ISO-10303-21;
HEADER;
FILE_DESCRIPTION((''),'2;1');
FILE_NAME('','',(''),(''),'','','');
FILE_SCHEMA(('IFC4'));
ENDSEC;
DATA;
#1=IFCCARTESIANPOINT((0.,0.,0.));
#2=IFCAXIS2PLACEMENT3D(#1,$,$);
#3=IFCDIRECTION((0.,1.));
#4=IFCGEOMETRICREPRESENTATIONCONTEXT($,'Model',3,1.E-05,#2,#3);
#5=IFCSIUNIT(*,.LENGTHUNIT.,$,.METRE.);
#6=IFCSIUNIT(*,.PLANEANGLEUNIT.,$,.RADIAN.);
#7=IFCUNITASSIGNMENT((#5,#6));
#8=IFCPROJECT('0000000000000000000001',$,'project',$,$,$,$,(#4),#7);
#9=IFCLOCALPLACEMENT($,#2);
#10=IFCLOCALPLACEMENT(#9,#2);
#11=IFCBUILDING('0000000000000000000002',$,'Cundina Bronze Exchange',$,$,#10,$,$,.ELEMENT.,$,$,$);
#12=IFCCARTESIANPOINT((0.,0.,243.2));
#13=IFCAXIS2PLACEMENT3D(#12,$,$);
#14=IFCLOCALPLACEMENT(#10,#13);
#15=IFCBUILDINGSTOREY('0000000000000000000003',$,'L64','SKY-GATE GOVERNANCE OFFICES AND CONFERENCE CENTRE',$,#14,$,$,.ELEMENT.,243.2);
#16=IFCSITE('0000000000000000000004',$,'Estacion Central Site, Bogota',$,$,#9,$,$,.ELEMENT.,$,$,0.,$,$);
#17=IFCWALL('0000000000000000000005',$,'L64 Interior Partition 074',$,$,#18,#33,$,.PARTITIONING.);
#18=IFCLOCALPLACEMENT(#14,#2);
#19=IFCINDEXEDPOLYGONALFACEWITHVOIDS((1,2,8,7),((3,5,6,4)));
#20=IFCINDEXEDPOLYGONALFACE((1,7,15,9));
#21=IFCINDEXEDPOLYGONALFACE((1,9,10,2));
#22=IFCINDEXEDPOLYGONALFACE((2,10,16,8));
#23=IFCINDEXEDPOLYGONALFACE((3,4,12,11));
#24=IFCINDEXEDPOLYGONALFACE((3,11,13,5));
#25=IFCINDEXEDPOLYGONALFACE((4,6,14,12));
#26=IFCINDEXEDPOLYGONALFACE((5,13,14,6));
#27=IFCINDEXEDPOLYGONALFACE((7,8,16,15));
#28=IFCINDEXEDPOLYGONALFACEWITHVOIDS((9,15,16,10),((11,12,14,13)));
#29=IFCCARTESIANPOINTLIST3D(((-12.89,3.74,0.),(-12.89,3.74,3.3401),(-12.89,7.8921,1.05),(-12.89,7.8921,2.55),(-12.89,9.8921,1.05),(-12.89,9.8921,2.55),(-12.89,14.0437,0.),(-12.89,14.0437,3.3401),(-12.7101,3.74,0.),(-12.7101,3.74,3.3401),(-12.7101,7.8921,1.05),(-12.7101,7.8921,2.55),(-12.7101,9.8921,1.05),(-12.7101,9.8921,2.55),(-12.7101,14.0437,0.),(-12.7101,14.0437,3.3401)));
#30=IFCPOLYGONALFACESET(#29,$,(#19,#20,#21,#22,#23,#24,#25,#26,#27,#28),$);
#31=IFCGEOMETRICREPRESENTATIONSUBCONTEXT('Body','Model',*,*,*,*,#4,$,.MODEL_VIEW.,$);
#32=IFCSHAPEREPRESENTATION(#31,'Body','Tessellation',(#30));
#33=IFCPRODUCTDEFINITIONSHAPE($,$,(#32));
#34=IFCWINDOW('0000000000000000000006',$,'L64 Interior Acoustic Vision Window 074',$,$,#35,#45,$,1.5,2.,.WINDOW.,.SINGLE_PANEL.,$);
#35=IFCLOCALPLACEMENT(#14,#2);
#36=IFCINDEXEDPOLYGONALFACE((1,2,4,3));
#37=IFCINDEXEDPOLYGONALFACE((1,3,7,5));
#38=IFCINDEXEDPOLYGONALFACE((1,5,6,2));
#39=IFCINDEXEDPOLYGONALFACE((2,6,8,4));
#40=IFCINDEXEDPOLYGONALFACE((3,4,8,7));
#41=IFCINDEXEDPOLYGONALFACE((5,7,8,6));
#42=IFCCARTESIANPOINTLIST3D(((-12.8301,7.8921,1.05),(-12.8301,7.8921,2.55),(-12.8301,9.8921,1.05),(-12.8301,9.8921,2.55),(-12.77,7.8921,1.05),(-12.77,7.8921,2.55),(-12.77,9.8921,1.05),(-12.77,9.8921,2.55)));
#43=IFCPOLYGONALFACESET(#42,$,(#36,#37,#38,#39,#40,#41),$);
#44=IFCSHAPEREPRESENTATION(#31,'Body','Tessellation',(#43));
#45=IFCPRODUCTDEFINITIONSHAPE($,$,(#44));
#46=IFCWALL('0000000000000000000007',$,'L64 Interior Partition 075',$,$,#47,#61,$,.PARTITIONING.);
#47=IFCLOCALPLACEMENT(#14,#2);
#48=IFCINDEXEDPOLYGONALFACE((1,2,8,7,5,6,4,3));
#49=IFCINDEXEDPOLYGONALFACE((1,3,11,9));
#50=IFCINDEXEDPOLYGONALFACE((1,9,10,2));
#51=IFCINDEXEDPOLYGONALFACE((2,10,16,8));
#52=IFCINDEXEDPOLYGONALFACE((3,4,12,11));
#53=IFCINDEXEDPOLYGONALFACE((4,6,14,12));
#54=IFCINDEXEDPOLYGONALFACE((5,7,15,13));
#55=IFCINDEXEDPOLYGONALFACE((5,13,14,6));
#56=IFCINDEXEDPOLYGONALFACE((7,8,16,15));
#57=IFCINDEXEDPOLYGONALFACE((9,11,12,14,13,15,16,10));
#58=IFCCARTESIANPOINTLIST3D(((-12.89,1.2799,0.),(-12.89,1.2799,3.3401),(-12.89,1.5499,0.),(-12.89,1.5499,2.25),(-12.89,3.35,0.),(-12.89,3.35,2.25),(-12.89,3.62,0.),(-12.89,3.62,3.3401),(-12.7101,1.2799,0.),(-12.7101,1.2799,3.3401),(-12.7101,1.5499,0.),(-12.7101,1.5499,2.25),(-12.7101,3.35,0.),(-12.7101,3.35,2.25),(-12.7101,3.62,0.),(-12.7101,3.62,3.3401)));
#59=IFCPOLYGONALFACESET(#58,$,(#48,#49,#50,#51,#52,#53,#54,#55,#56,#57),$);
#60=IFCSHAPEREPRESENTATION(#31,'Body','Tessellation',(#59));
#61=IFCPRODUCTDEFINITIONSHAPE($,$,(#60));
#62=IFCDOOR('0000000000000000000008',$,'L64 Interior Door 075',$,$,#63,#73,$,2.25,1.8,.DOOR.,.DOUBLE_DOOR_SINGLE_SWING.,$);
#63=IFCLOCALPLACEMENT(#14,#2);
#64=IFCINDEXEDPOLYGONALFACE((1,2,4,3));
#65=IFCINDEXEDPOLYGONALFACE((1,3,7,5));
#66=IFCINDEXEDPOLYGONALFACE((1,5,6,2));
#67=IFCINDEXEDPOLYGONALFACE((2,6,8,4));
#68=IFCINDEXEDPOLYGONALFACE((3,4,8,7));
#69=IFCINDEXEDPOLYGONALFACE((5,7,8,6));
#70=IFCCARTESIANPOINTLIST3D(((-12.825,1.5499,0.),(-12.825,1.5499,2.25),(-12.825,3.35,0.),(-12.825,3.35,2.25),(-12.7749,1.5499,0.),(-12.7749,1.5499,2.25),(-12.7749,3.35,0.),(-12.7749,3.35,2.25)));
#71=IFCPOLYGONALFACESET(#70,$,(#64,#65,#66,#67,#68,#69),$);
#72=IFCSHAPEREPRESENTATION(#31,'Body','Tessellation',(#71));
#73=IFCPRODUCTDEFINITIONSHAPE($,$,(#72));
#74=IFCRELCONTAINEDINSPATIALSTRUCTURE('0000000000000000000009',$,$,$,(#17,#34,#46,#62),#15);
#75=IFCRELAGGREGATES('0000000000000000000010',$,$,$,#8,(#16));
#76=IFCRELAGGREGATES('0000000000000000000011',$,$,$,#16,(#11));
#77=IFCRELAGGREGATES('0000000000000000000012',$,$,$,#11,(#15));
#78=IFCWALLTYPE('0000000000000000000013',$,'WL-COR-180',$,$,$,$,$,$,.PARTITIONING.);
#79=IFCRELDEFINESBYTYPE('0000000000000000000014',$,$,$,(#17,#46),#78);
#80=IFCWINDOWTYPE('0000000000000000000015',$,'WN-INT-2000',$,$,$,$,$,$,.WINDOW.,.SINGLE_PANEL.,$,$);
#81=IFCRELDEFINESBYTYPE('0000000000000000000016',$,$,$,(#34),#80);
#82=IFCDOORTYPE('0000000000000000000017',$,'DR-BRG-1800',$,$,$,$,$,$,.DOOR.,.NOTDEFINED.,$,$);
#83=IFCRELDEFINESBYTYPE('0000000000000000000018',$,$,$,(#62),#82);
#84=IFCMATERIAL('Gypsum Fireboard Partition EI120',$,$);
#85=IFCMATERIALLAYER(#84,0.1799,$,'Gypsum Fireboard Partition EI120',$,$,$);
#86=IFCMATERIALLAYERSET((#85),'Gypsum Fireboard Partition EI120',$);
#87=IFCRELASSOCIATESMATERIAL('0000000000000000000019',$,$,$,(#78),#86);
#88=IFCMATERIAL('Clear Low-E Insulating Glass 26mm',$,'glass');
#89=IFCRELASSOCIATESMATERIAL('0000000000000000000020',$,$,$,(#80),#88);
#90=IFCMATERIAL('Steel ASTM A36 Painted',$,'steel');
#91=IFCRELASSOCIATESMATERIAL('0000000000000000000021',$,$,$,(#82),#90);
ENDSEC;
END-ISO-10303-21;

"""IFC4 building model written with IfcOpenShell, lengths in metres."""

from ifc_helpers import new_model, si_unit, direction, frame, frame_2d, origin, place, context, subcontext, project, spatial, rectangle, extrude, material, layer, layer_set, type_object, element, fill, save


model = new_model("IFC4")

# Units and contexts
model_context = context("Model", 3, precision=1e-05, world=origin(), true_north=direction((0.0, 1.0)))
body_context = subcontext(model_context, "Body", "Model", "MODEL_VIEW")
ifc_project = project(units=[si_unit("LENGTHUNIT", "METRE"), si_unit("PLANEANGLEUNIT", "RADIAN")], contexts=[model_context])

# Site, building, storey
site_placement = place(None, origin())
site = spatial("IfcSite", under=ifc_project, at=site_placement, Name="Estacion Central Site, Bogota", CompositionType="ELEMENT", RefElevation=0.0)
building_placement = place(site_placement, origin())
building = spatial("IfcBuilding", under=site, at=building_placement, Name="Cundina Bronze Exchange", CompositionType="ELEMENT")
storey_placement = place(building_placement, frame((0.0, 0.0, 243.2)))
storey = spatial("IfcBuildingStorey", under=building, at=storey_placement, Name="L64", Description="SKY-GATE GOVERNANCE OFFICES AND CONFERENCE CENTRE", CompositionType="ELEMENT", Elevation=243.2)

# Shared definitions
ifc_material_1 = material(Name="Gypsum Fireboard Partition EI120")
ifc_layer_1 = layer(ifc_material_1, 0.1799, Name="Gypsum Fireboard Partition EI120")
ifc_layer_set_1 = layer_set([ifc_layer_1], Name="Gypsum Fireboard Partition EI120")
wall_type = type_object("IfcWallType", Name="WL-COR-180", PredefinedType="PARTITIONING", material=ifc_layer_set_1)

# Wall, opening, window
wall_1_placement = place(storey_placement, frame((-12.8, 3.74, 0.0), z_axis=(0.0, 0.0, 1.0), x_axis=(0.0, 1.0, 0.0)))
wall_1 = element("IfcWall", 1, at=wall_1_placement, inside=storey, type_object=wall_type, Name="L64 Interior Partition 074", PredefinedType="PARTITIONING", context=body_context, shape_type="SweptSolid", body=[
    extrude(rectangle(XDim=10.3037, YDim=0.1799, at=frame_2d((5.1519, 0.0))), origin(), (0.0, 0.0, 1.0), 3.3401),
])
opening_1_placement = place(wall_1_placement, frame((4.1521, 0.0, 1.05)))
opening_1 = element("IfcOpeningElement", 2, at=opening_1_placement, cuts=wall_1, PredefinedType="OPENING", context=body_context, shape_type="SweptSolid", body=[
    extrude(rectangle(XDim=2.0, YDim=1.5, at=frame_2d((1.0, 0.75))), frame((0.0, 0.0999, 0.0), z_axis=(0.0, -1.0, 0.0), x_axis=(1.0, 0.0, 0.0)), (0.0, 0.0, 1.0), 0.2),
])
ifc_material_2 = material(Name="Clear Low-E Insulating Glass 26mm", Category="glass")
window_type = type_object("IfcWindowType", Name="WN-INT-2000", PartitioningType="SINGLE_PANEL", PredefinedType="WINDOW", material=ifc_material_2)
window_placement = place(opening_1_placement, origin())
window = element("IfcWindow", 3, at=window_placement, inside=storey, type_object=window_type, Name="L64 Interior Acoustic Vision Window 074", OverallHeight=1.5, OverallWidth=2.0, PartitioningType="SINGLE_PANEL", PredefinedType="WINDOW", context=body_context, shape_type="SweptSolid", body=[
    extrude(rectangle(XDim=2.0, YDim=1.5, at=frame_2d((1.0, 0.75))), frame((0.0, 0.03, 0.0), z_axis=(0.0, -1.0, 0.0), x_axis=(1.0, 0.0, 0.0)), (0.0, 0.0, 1.0), 0.0601),
])
fill(opening_1, window)

# Wall, opening, door
wall_2_placement = place(storey_placement, frame((-12.8, 1.28, 0.0), z_axis=(0.0, 0.0, 1.0), x_axis=(0.0, 1.0, 0.0)))
wall_2 = element("IfcWall", 4, at=wall_2_placement, inside=storey, type_object=wall_type, Name="L64 Interior Partition 075", PredefinedType="PARTITIONING", context=body_context, shape_type="SweptSolid", body=[
    extrude(rectangle(XDim=2.3401, YDim=0.1799, at=frame_2d((1.1699, 0.0))), origin(), (0.0, 0.0, 1.0), 3.3401),
])
opening_2_placement = place(wall_2_placement, frame((0.27, 0.0, 0.0)))
opening_2 = element("IfcOpeningElement", 5, at=opening_2_placement, cuts=wall_2, PredefinedType="OPENING", context=body_context, shape_type="SweptSolid", body=[
    extrude(rectangle(XDim=1.8, YDim=2.25, at=frame_2d((0.8999, 1.125))), frame((0.0, 0.0999, 0.0), z_axis=(0.0, -1.0, 0.0), x_axis=(1.0, 0.0, 0.0)), (0.0, 0.0, 1.0), 0.2),
])
ifc_material_3 = material(Name="Steel ASTM A36 Painted", Category="steel")
door_type_1 = type_object("IfcDoorType", Name="DR-BRG-1800", OperationType="NOTDEFINED", PredefinedType="DOOR", material=ifc_material_3)
door_1_placement = place(opening_2_placement, origin())
door_1 = element("IfcDoor", 6, at=door_1_placement, inside=storey, type_object=door_type_1, Name="L64 Interior Door 075", OperationType="DOUBLE_DOOR_SINGLE_SWING", OverallHeight=2.25, OverallWidth=1.8, PredefinedType="DOOR", context=body_context, shape_type="SweptSolid", body=[
    extrude(rectangle(XDim=1.8, YDim=2.25, at=frame_2d((0.8999, 1.125))), frame((0.0, 0.0249, 0.0), z_axis=(0.0, -1.0, 0.0), x_axis=(1.0, 0.0, 0.0)), (0.0, 0.0, 1.0), 0.05),
])
fill(opening_2, door_1)

save(model, "model.ifc")
